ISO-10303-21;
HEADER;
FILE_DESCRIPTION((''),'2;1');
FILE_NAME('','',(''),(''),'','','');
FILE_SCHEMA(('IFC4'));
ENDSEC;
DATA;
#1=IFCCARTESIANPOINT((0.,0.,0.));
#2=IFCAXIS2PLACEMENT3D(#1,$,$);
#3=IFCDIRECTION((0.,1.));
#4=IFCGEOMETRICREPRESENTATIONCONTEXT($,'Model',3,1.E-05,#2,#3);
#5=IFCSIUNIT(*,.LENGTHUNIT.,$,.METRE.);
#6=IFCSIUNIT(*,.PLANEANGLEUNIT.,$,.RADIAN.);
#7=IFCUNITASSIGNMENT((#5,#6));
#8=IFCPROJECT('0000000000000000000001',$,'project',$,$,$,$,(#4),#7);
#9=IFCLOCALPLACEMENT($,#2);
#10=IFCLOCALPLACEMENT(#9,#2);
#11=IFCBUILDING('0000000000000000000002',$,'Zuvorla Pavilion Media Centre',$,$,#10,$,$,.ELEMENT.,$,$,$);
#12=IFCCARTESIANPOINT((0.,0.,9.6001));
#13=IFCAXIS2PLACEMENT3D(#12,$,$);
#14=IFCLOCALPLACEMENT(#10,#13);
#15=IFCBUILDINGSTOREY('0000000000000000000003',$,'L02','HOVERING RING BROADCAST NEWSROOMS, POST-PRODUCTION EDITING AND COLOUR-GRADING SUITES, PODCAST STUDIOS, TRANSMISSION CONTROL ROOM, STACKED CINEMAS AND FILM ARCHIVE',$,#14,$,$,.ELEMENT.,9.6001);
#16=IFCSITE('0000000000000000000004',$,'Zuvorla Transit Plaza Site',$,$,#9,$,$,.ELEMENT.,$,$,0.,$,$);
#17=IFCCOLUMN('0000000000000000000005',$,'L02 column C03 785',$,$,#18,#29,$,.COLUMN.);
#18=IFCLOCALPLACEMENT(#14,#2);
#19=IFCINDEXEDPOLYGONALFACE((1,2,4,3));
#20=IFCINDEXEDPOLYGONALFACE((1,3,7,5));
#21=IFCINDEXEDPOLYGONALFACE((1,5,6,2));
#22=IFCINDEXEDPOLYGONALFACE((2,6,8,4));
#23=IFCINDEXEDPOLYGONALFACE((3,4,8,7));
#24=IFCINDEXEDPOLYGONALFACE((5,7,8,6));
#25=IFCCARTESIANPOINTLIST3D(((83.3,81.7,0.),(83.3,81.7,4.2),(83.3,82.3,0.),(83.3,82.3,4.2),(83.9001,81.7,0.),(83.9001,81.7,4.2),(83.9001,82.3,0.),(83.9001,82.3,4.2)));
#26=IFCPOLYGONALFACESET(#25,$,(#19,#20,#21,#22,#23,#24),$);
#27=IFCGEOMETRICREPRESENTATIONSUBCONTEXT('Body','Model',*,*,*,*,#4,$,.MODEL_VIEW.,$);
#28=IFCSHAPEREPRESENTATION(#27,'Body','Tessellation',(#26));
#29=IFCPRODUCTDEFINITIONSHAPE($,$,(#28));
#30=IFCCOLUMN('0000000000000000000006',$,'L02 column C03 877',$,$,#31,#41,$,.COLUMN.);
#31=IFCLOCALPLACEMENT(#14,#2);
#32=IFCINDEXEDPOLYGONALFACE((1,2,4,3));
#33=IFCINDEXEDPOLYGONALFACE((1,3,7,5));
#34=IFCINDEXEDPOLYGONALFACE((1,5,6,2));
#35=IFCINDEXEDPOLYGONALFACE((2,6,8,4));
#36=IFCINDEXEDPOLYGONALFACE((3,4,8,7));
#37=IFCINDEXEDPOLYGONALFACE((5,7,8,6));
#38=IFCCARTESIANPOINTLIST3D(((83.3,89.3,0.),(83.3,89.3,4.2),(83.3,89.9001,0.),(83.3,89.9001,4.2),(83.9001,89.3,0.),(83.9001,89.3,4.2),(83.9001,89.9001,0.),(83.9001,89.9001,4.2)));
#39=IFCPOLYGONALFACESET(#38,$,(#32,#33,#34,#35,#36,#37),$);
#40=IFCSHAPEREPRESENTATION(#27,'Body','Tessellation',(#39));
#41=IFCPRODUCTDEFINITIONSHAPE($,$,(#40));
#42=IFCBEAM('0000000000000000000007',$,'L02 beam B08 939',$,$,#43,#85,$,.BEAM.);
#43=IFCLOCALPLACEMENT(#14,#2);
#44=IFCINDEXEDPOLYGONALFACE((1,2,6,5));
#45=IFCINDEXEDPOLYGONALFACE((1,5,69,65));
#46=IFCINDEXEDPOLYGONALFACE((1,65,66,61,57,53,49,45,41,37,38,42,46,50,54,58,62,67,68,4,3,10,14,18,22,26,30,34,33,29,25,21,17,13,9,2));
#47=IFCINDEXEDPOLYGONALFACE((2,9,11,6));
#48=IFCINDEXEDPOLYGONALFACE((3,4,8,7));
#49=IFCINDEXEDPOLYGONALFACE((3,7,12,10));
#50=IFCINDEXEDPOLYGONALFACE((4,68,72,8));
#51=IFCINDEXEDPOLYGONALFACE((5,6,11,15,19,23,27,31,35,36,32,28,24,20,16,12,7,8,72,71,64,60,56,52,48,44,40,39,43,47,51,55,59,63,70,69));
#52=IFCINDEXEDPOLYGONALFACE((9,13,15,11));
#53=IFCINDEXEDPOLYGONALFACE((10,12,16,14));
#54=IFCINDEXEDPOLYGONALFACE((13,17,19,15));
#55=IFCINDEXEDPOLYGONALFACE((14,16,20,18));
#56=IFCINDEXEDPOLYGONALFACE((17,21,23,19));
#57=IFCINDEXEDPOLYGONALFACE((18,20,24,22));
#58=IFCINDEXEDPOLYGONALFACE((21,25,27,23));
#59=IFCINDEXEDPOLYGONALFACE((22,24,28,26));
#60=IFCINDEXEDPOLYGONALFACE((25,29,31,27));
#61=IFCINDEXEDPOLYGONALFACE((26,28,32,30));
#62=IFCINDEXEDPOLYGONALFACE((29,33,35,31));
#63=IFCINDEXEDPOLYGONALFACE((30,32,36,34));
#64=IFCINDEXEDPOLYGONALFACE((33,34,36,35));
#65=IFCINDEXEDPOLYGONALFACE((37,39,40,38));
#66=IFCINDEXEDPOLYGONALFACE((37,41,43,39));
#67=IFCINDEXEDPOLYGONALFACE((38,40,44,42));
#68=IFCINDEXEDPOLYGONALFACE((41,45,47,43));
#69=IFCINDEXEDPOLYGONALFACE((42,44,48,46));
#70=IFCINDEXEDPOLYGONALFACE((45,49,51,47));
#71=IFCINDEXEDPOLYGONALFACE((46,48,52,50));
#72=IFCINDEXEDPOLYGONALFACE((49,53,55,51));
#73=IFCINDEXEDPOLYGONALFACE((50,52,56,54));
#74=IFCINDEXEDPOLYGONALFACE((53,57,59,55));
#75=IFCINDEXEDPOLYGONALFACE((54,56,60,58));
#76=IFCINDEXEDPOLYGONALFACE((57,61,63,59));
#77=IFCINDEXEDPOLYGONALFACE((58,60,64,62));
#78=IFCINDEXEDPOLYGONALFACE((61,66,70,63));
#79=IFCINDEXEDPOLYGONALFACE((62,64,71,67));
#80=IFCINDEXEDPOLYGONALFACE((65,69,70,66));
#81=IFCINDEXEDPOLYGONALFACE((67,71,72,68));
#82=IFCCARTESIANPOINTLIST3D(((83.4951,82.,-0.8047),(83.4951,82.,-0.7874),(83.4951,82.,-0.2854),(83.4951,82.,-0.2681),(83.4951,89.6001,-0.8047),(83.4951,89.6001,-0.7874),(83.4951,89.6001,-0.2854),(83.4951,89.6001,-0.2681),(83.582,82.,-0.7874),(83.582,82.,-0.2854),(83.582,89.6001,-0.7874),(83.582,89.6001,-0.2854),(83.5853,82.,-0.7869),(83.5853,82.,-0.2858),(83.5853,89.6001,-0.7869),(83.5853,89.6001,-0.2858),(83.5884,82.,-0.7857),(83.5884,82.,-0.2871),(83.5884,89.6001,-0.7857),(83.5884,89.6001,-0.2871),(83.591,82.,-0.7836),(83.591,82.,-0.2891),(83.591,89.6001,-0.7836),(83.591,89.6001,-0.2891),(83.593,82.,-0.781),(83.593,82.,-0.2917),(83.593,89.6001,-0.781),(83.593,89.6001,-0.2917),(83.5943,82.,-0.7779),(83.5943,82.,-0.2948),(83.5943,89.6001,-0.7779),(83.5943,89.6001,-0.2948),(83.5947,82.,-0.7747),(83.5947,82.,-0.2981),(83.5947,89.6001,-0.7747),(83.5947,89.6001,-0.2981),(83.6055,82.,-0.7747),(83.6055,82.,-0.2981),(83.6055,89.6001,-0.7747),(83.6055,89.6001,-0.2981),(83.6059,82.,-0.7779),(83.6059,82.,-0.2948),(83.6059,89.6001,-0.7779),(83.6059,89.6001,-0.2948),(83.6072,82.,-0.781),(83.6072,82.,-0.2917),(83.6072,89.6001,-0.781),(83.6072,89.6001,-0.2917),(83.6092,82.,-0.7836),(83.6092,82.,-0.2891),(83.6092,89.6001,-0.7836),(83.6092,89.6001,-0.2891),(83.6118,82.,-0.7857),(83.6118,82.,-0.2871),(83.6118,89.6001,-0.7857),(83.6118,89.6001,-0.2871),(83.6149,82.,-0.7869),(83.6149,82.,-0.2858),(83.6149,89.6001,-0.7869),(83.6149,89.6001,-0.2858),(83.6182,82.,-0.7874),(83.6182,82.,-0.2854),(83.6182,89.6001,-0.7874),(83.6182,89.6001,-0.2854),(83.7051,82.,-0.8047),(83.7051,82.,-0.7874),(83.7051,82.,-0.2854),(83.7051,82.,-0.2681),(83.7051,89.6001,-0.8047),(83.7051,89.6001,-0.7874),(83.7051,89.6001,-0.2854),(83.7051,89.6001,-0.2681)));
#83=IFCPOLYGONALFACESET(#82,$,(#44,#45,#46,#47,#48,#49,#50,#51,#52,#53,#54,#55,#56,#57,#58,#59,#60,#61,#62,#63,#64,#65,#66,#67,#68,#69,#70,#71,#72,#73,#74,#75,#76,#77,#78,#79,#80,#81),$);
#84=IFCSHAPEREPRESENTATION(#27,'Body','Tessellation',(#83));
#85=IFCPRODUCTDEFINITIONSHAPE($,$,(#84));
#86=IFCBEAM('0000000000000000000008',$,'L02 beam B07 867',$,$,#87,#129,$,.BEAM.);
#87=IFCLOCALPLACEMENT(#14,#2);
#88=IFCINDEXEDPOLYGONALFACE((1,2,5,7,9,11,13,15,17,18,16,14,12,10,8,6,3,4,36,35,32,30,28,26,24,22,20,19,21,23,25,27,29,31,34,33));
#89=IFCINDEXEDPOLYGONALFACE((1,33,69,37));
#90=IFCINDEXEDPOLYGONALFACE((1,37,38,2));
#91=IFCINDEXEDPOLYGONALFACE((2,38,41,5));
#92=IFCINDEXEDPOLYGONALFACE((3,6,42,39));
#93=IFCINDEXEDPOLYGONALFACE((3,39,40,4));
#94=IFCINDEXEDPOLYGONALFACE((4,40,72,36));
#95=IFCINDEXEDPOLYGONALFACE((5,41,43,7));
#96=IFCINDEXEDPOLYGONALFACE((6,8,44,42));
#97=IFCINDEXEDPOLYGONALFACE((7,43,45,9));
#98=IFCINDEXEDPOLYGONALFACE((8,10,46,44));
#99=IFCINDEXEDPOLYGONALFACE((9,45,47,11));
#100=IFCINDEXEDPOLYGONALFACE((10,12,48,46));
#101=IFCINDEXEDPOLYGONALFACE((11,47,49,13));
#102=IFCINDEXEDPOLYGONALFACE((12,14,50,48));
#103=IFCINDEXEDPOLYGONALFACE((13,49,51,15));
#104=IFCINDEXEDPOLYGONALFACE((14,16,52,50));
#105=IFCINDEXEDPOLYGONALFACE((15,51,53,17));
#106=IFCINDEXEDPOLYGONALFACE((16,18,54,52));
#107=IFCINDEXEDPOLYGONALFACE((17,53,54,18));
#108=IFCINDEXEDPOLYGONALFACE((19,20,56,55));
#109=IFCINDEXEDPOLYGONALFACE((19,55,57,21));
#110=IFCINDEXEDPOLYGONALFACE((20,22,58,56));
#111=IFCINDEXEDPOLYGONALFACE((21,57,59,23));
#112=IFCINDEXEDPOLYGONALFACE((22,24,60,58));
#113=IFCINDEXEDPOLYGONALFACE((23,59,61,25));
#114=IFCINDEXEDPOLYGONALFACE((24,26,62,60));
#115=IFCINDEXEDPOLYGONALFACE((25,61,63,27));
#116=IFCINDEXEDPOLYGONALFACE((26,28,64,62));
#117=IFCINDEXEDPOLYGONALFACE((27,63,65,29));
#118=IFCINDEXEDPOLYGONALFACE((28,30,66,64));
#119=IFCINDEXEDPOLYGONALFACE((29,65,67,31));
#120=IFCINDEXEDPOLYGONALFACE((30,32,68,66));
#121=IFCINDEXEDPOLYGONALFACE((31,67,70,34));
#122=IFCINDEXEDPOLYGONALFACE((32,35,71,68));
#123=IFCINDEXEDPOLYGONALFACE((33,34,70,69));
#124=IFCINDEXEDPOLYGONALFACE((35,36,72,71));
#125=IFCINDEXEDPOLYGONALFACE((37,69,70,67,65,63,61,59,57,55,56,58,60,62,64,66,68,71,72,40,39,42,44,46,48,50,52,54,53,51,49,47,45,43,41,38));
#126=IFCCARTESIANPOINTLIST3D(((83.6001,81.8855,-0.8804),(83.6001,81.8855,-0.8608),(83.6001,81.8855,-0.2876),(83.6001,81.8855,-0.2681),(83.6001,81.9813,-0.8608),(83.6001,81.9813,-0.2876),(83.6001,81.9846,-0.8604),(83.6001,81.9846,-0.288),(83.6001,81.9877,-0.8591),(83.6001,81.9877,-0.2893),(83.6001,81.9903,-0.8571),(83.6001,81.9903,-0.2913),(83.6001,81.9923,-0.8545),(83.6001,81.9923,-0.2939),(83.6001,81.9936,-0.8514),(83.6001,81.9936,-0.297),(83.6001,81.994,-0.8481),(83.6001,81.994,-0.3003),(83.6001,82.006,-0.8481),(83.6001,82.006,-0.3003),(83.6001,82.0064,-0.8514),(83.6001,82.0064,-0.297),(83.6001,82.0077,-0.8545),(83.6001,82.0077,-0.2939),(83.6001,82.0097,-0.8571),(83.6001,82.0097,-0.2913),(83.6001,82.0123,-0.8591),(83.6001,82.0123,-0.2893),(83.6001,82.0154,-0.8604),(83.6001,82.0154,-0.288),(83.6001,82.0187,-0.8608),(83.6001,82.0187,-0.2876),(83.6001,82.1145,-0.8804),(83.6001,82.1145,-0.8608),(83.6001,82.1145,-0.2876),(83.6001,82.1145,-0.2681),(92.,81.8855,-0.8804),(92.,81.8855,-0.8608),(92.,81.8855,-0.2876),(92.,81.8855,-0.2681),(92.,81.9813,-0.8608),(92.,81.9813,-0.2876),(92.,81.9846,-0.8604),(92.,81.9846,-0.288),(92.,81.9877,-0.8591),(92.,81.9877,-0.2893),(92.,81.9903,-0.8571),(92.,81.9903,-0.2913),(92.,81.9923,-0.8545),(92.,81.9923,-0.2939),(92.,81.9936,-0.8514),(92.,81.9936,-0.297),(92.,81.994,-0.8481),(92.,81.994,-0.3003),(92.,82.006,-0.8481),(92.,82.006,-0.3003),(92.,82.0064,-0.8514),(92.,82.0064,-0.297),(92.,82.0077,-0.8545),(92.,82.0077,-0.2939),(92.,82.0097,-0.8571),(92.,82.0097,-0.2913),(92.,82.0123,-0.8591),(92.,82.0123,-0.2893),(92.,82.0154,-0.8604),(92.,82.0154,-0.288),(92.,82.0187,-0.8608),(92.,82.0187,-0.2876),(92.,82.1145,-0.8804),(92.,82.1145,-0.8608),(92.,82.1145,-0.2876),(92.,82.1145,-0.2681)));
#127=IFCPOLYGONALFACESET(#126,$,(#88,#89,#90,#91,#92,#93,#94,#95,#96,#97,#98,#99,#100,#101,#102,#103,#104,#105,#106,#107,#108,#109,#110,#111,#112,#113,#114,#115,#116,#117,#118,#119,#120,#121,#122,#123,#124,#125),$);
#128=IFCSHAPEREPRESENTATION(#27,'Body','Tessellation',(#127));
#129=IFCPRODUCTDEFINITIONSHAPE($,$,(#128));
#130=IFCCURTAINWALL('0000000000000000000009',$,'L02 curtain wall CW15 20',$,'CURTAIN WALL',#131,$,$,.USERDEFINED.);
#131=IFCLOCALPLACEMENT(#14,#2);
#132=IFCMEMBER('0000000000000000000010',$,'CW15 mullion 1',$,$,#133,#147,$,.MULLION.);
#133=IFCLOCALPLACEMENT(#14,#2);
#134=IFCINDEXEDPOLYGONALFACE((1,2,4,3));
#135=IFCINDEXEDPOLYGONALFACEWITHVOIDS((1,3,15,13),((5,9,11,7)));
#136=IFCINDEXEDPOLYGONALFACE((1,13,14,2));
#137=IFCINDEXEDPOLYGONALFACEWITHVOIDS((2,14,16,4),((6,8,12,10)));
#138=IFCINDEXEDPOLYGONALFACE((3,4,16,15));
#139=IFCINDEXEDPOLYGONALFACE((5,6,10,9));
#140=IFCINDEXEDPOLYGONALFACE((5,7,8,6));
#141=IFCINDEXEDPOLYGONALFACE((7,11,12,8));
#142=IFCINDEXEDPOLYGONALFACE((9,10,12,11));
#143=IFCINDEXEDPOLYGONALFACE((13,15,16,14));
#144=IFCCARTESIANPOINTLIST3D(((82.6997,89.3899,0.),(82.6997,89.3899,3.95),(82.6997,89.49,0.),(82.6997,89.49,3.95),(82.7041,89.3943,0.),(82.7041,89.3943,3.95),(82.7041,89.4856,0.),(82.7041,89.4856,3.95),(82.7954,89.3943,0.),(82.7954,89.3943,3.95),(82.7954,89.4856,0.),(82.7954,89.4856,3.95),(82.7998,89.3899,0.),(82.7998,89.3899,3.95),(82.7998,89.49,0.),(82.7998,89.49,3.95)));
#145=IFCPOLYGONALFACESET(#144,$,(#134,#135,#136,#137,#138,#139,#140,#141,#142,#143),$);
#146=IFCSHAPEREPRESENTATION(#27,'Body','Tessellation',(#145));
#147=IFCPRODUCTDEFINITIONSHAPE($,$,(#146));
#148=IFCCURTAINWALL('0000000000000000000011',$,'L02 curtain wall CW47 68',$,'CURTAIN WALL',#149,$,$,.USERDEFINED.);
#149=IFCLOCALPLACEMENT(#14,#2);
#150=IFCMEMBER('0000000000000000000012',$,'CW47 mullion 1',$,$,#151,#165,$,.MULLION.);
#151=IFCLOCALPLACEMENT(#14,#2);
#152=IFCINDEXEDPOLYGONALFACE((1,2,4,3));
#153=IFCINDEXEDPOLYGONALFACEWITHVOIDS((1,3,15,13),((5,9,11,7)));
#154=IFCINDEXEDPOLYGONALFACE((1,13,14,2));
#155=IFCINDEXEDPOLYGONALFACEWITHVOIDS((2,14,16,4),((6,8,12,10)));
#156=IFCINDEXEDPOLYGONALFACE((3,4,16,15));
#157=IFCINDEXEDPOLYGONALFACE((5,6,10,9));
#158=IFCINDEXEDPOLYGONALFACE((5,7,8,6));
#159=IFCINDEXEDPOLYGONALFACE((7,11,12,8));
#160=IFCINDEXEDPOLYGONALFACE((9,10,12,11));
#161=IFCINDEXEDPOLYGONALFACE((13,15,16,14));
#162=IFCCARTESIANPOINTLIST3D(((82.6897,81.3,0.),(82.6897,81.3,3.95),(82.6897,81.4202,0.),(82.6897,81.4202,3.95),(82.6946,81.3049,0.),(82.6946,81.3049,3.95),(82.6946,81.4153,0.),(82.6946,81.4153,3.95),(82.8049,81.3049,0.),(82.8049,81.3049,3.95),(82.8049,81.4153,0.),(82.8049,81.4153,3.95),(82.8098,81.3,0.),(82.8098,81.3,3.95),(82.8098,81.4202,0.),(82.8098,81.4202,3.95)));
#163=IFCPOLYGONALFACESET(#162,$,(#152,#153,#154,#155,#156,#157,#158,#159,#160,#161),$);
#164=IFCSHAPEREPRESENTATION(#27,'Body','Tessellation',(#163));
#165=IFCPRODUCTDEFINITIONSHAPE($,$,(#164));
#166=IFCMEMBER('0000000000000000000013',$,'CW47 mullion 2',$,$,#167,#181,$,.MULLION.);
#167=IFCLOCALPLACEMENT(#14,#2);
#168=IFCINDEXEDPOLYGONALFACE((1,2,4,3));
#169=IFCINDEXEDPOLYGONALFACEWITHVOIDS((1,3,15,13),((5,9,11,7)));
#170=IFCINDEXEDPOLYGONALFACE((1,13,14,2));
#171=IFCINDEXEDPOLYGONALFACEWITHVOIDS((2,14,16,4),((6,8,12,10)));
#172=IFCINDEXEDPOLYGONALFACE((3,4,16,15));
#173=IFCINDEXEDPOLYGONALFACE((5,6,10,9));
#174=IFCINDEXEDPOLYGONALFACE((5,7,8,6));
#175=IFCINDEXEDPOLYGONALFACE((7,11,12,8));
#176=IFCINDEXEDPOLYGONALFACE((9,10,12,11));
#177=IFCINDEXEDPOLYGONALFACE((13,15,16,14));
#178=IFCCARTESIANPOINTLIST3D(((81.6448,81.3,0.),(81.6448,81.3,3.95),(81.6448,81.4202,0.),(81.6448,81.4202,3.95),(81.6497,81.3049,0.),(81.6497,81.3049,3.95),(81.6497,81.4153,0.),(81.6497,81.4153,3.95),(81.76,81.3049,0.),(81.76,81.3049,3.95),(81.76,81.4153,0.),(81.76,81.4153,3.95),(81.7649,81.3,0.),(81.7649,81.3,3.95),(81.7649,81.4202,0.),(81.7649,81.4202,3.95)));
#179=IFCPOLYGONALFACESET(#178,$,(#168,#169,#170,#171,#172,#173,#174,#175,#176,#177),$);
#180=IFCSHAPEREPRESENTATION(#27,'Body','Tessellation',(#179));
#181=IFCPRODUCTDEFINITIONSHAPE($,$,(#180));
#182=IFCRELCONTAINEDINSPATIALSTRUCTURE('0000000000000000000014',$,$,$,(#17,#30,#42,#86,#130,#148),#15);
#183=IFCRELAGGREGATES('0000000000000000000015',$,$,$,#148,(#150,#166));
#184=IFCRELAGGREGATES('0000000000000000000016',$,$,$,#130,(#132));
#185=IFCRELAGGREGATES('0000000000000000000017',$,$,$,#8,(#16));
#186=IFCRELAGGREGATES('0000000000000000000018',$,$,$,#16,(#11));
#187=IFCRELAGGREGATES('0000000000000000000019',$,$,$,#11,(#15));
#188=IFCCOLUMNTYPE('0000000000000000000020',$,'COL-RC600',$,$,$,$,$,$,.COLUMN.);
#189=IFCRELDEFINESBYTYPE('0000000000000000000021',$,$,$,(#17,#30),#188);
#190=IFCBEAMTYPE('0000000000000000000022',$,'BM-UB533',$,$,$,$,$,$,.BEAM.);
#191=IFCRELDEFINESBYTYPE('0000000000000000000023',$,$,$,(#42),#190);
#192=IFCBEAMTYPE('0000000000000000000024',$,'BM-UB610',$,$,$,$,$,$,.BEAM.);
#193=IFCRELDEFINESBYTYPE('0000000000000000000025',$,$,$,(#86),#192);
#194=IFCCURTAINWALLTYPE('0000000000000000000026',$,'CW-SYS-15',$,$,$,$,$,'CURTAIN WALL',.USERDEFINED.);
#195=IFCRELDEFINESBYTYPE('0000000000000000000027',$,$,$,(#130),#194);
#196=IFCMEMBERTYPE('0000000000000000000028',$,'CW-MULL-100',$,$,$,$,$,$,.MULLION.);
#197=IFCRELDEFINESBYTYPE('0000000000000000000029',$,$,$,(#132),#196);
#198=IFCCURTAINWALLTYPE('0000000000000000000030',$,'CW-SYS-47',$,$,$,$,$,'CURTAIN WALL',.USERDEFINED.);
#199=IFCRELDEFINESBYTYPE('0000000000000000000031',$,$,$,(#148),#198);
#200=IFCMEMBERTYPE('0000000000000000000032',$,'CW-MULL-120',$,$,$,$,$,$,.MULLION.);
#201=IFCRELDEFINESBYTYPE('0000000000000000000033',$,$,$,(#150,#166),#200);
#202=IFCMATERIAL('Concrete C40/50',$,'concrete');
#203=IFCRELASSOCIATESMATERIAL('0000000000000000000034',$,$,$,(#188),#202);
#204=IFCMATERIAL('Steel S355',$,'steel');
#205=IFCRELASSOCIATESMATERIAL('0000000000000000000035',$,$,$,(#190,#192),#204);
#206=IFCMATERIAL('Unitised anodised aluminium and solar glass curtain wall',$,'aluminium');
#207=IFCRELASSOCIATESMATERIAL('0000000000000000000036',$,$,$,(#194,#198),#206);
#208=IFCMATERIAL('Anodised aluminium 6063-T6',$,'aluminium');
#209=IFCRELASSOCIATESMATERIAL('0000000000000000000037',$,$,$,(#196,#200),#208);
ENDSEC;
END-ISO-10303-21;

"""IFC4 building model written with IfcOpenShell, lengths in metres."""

from ifc_helpers import new_model, si_unit, direction, frame, origin, origin_2d, place, context, subcontext, project, spatial, rectangle, hollow_rectangle, i_section, extrude, material, material_profile, profile_set, type_object, element, aggregate, save


model = new_model("IFC4")

# Units and contexts
model_context = context("Model", 3, precision=1e-05, world=origin(), true_north=direction((0.0, 1.0)))
body_context = subcontext(model_context, "Body", "Model", "MODEL_VIEW")
ifc_project = project(units=[si_unit("LENGTHUNIT", "METRE"), si_unit("PLANEANGLEUNIT", "RADIAN")], contexts=[model_context])

# Site, building, storey
site_placement = place(None, origin())
site = spatial("IfcSite", under=ifc_project, at=site_placement, Name="Zuvorla Transit Plaza Site", CompositionType="ELEMENT", RefElevation=0.0)
building_placement = place(site_placement, origin())
building = spatial("IfcBuilding", under=site, at=building_placement, Name="Zuvorla Pavilion Media Centre", CompositionType="ELEMENT")
storey_placement = place(building_placement, frame((0.0, 0.0, 9.6001)))
storey = spatial("IfcBuildingStorey", under=building, at=storey_placement, Name="L02", Description="HOVERING RING BROADCAST NEWSROOMS, POST-PRODUCTION EDITING AND COLOUR-GRADING SUITES, PODCAST STUDIOS, TRANSMISSION CONTROL ROOM, STACKED CINEMAS AND FILM ARCHIVE", CompositionType="ELEMENT", Elevation=9.6001)

# Columns
ifc_material_1 = material(Name="Concrete C40/50", Category="concrete")
ifc_material_profile_1 = material_profile(ifc_material_1, rectangle(XDim=0.6001, YDim=0.6001, at=origin_2d()), Name="RC 600x600")
ifc_profile_set_1 = profile_set([ifc_material_profile_1], Name="Concrete C40/50")
column_type = type_object("IfcColumnType", Name="COL-RC600", PredefinedType="COLUMN", material=ifc_profile_set_1)
for number, where, z_axis, x_axis, name in (
    (1, (83.6001, 82.0, 0.0), (0.0, 0.0, 1.0), (1.0, 0.0, 0.0), "L02 column C03 785"),
    (2, (83.6001, 89.6001, 0.0), (0.0, 0.0, 1.0), (1.0, 0.0, 0.0), "L02 column C03 877"),
):
    element("IfcColumn", number, at=place(storey_placement, frame(where, z_axis=z_axis, x_axis=x_axis)), inside=storey, type_object=column_type, Name=name, PredefinedType="COLUMN", context=body_context, shape_type="SweptSolid", body=[
        extrude(rectangle(XDim=0.6001, YDim=0.6001, at=origin_2d()), origin(), (0.0, 0.0, 1.0), 4.2),
    ])

# Beams
ifc_material_2 = material(Name="Steel S355", Category="steel")
ifc_material_profile_2 = material_profile(ifc_material_2, i_section(OverallWidth=0.21, OverallDepth=0.5366, WebThickness=0.0107, FlangeThickness=0.0173, FilletRadius=0.0127, at=origin_2d()), Name="UB 533x210x101")
ifc_profile_set_2 = profile_set([ifc_material_profile_2], Name="Steel S355")
beam_type_1 = type_object("IfcBeamType", Name="BM-UB533", PredefinedType="BEAM", material=ifc_profile_set_2)
beam_1_placement = place(storey_placement, frame((83.6001, 82.0, -0.5364), z_axis=(0.0, 1.0, 0.0), x_axis=(-1.0, 0.0, 0.0)))
element("IfcBeam", 3, at=beam_1_placement, inside=storey, type_object=beam_type_1, Name="L02 beam B08 939", PredefinedType="BEAM", context=body_context, shape_type="SweptSolid", body=[
    extrude(i_section(OverallWidth=0.21, OverallDepth=0.5366, WebThickness=0.0107, FlangeThickness=0.0173, FilletRadius=0.0127, at=origin_2d()), origin(), (0.0, 0.0, 1.0), 7.6001),
])
ifc_material_profile_3 = material_profile(ifc_material_2, i_section(OverallWidth=0.229, OverallDepth=0.6123, WebThickness=0.012, FlangeThickness=0.0195, FilletRadius=0.0127, at=origin_2d()), Name="UB 610x229x125")
ifc_profile_set_3 = profile_set([ifc_material_profile_3], Name="Steel S355")
beam_type_2 = type_object("IfcBeamType", Name="BM-UB610", PredefinedType="BEAM", material=ifc_profile_set_3)
beam_2_placement = place(storey_placement, frame((83.6001, 82.0, -0.5742), z_axis=(1.0, 0.0, 0.0), x_axis=(0.0, 1.0, 0.0)))
element("IfcBeam", 4, at=beam_2_placement, inside=storey, type_object=beam_type_2, Name="L02 beam B07 867", PredefinedType="BEAM", context=body_context, shape_type="SweptSolid", body=[
    extrude(i_section(OverallWidth=0.229, OverallDepth=0.6123, WebThickness=0.012, FlangeThickness=0.0195, FilletRadius=0.0127, at=origin_2d()), origin(), (0.0, 0.0, 1.0), 8.3999),
])

# Curtain wall, member
ifc_material_3 = material(Name="Unitised anodised aluminium and solar glass curtain wall", Category="aluminium")
curtain_wall_type_1 = type_object("IfcCurtainWallType", Name="CW-SYS-15", ElementType="CURTAIN WALL", PredefinedType="USERDEFINED", material=ifc_material_3)
curtain_wall_1_placement = place(storey_placement, origin())
curtain_wall_1 = element("IfcCurtainWall", 5, at=curtain_wall_1_placement, inside=storey, type_object=curtain_wall_type_1, Name="L02 curtain wall CW15 20", ObjectType="CURTAIN WALL", PredefinedType="USERDEFINED")
ifc_material_4 = material(Name="Anodised aluminium 6063-T6", Category="aluminium")
ifc_material_profile_4 = material_profile(ifc_material_4, hollow_rectangle(XDim=0.1001, YDim=0.1001, WallThickness=0.0044, at=origin_2d()), Name="ALU MULL 100x100")
ifc_profile_set_4 = profile_set([ifc_material_profile_4], Name="Anodised aluminium 6063-T6")
member_type_1 = type_object("IfcMemberType", Name="CW-MULL-100", PredefinedType="MULLION", material=ifc_profile_set_4)
member_1_placement = place(storey_placement, frame((82.7498, 89.4399, 0.0), z_axis=(0.0, 0.0, 1.0), x_axis=(1.0, 0.0, 0.0)))
member_1 = element("IfcMember", 6, at=member_1_placement, type_object=member_type_1, Name="CW15 mullion 1", PredefinedType="MULLION", context=body_context, shape_type="SweptSolid", body=[
    extrude(hollow_rectangle(XDim=0.1001, YDim=0.1001, WallThickness=0.0044, at=origin_2d()), origin(), (0.0, 0.0, 1.0), 3.95),
])

# Curtain wall, members
curtain_wall_type_2 = type_object("IfcCurtainWallType", Name="CW-SYS-47", ElementType="CURTAIN WALL", PredefinedType="USERDEFINED", material=ifc_material_3)
curtain_wall_2_placement = place(storey_placement, origin())
curtain_wall_2 = element("IfcCurtainWall", 7, at=curtain_wall_2_placement, inside=storey, type_object=curtain_wall_type_2, Name="L02 curtain wall CW47 68", ObjectType="CURTAIN WALL", PredefinedType="USERDEFINED")
ifc_material_profile_5 = material_profile(ifc_material_4, hollow_rectangle(XDim=0.1201, YDim=0.1201, WallThickness=0.0049, at=origin_2d()), Name="ALU MULL 120x120")
ifc_profile_set_5 = profile_set([ifc_material_profile_5], Name="Anodised aluminium 6063-T6")
member_type_2 = type_object("IfcMemberType", Name="CW-MULL-120", PredefinedType="MULLION", material=ifc_profile_set_5)
member_2_placement = place(storey_placement, frame((82.7498, 81.3601, 0.0), z_axis=(0.0, 0.0, 1.0), x_axis=(1.0, 0.0, 0.0)))
member_2 = element("IfcMember", 8, at=member_2_placement, type_object=member_type_2, Name="CW47 mullion 1", PredefinedType="MULLION", context=body_context, shape_type="SweptSolid", body=[
    extrude(hollow_rectangle(XDim=0.1201, YDim=0.1201, WallThickness=0.0049, at=origin_2d()), origin(), (0.0, 0.0, 1.0), 3.95),
])
member_3_placement = place(storey_placement, frame((81.7048, 81.3601, 0.0), z_axis=(0.0, 0.0, 1.0), x_axis=(1.0, 0.0, 0.0)))
member_3 = element("IfcMember", 9, at=member_3_placement, type_object=member_type_2, Name="CW47 mullion 2", PredefinedType="MULLION", context=body_context, shape_type="SweptSolid", body=[
    extrude(hollow_rectangle(XDim=0.1201, YDim=0.1201, WallThickness=0.0049, at=origin_2d()), origin(), (0.0, 0.0, 1.0), 3.95),
])

aggregate(curtain_wall_2, [member_2, member_3])
aggregate(curtain_wall_1, [member_1])

save(model, "model.ifc")
